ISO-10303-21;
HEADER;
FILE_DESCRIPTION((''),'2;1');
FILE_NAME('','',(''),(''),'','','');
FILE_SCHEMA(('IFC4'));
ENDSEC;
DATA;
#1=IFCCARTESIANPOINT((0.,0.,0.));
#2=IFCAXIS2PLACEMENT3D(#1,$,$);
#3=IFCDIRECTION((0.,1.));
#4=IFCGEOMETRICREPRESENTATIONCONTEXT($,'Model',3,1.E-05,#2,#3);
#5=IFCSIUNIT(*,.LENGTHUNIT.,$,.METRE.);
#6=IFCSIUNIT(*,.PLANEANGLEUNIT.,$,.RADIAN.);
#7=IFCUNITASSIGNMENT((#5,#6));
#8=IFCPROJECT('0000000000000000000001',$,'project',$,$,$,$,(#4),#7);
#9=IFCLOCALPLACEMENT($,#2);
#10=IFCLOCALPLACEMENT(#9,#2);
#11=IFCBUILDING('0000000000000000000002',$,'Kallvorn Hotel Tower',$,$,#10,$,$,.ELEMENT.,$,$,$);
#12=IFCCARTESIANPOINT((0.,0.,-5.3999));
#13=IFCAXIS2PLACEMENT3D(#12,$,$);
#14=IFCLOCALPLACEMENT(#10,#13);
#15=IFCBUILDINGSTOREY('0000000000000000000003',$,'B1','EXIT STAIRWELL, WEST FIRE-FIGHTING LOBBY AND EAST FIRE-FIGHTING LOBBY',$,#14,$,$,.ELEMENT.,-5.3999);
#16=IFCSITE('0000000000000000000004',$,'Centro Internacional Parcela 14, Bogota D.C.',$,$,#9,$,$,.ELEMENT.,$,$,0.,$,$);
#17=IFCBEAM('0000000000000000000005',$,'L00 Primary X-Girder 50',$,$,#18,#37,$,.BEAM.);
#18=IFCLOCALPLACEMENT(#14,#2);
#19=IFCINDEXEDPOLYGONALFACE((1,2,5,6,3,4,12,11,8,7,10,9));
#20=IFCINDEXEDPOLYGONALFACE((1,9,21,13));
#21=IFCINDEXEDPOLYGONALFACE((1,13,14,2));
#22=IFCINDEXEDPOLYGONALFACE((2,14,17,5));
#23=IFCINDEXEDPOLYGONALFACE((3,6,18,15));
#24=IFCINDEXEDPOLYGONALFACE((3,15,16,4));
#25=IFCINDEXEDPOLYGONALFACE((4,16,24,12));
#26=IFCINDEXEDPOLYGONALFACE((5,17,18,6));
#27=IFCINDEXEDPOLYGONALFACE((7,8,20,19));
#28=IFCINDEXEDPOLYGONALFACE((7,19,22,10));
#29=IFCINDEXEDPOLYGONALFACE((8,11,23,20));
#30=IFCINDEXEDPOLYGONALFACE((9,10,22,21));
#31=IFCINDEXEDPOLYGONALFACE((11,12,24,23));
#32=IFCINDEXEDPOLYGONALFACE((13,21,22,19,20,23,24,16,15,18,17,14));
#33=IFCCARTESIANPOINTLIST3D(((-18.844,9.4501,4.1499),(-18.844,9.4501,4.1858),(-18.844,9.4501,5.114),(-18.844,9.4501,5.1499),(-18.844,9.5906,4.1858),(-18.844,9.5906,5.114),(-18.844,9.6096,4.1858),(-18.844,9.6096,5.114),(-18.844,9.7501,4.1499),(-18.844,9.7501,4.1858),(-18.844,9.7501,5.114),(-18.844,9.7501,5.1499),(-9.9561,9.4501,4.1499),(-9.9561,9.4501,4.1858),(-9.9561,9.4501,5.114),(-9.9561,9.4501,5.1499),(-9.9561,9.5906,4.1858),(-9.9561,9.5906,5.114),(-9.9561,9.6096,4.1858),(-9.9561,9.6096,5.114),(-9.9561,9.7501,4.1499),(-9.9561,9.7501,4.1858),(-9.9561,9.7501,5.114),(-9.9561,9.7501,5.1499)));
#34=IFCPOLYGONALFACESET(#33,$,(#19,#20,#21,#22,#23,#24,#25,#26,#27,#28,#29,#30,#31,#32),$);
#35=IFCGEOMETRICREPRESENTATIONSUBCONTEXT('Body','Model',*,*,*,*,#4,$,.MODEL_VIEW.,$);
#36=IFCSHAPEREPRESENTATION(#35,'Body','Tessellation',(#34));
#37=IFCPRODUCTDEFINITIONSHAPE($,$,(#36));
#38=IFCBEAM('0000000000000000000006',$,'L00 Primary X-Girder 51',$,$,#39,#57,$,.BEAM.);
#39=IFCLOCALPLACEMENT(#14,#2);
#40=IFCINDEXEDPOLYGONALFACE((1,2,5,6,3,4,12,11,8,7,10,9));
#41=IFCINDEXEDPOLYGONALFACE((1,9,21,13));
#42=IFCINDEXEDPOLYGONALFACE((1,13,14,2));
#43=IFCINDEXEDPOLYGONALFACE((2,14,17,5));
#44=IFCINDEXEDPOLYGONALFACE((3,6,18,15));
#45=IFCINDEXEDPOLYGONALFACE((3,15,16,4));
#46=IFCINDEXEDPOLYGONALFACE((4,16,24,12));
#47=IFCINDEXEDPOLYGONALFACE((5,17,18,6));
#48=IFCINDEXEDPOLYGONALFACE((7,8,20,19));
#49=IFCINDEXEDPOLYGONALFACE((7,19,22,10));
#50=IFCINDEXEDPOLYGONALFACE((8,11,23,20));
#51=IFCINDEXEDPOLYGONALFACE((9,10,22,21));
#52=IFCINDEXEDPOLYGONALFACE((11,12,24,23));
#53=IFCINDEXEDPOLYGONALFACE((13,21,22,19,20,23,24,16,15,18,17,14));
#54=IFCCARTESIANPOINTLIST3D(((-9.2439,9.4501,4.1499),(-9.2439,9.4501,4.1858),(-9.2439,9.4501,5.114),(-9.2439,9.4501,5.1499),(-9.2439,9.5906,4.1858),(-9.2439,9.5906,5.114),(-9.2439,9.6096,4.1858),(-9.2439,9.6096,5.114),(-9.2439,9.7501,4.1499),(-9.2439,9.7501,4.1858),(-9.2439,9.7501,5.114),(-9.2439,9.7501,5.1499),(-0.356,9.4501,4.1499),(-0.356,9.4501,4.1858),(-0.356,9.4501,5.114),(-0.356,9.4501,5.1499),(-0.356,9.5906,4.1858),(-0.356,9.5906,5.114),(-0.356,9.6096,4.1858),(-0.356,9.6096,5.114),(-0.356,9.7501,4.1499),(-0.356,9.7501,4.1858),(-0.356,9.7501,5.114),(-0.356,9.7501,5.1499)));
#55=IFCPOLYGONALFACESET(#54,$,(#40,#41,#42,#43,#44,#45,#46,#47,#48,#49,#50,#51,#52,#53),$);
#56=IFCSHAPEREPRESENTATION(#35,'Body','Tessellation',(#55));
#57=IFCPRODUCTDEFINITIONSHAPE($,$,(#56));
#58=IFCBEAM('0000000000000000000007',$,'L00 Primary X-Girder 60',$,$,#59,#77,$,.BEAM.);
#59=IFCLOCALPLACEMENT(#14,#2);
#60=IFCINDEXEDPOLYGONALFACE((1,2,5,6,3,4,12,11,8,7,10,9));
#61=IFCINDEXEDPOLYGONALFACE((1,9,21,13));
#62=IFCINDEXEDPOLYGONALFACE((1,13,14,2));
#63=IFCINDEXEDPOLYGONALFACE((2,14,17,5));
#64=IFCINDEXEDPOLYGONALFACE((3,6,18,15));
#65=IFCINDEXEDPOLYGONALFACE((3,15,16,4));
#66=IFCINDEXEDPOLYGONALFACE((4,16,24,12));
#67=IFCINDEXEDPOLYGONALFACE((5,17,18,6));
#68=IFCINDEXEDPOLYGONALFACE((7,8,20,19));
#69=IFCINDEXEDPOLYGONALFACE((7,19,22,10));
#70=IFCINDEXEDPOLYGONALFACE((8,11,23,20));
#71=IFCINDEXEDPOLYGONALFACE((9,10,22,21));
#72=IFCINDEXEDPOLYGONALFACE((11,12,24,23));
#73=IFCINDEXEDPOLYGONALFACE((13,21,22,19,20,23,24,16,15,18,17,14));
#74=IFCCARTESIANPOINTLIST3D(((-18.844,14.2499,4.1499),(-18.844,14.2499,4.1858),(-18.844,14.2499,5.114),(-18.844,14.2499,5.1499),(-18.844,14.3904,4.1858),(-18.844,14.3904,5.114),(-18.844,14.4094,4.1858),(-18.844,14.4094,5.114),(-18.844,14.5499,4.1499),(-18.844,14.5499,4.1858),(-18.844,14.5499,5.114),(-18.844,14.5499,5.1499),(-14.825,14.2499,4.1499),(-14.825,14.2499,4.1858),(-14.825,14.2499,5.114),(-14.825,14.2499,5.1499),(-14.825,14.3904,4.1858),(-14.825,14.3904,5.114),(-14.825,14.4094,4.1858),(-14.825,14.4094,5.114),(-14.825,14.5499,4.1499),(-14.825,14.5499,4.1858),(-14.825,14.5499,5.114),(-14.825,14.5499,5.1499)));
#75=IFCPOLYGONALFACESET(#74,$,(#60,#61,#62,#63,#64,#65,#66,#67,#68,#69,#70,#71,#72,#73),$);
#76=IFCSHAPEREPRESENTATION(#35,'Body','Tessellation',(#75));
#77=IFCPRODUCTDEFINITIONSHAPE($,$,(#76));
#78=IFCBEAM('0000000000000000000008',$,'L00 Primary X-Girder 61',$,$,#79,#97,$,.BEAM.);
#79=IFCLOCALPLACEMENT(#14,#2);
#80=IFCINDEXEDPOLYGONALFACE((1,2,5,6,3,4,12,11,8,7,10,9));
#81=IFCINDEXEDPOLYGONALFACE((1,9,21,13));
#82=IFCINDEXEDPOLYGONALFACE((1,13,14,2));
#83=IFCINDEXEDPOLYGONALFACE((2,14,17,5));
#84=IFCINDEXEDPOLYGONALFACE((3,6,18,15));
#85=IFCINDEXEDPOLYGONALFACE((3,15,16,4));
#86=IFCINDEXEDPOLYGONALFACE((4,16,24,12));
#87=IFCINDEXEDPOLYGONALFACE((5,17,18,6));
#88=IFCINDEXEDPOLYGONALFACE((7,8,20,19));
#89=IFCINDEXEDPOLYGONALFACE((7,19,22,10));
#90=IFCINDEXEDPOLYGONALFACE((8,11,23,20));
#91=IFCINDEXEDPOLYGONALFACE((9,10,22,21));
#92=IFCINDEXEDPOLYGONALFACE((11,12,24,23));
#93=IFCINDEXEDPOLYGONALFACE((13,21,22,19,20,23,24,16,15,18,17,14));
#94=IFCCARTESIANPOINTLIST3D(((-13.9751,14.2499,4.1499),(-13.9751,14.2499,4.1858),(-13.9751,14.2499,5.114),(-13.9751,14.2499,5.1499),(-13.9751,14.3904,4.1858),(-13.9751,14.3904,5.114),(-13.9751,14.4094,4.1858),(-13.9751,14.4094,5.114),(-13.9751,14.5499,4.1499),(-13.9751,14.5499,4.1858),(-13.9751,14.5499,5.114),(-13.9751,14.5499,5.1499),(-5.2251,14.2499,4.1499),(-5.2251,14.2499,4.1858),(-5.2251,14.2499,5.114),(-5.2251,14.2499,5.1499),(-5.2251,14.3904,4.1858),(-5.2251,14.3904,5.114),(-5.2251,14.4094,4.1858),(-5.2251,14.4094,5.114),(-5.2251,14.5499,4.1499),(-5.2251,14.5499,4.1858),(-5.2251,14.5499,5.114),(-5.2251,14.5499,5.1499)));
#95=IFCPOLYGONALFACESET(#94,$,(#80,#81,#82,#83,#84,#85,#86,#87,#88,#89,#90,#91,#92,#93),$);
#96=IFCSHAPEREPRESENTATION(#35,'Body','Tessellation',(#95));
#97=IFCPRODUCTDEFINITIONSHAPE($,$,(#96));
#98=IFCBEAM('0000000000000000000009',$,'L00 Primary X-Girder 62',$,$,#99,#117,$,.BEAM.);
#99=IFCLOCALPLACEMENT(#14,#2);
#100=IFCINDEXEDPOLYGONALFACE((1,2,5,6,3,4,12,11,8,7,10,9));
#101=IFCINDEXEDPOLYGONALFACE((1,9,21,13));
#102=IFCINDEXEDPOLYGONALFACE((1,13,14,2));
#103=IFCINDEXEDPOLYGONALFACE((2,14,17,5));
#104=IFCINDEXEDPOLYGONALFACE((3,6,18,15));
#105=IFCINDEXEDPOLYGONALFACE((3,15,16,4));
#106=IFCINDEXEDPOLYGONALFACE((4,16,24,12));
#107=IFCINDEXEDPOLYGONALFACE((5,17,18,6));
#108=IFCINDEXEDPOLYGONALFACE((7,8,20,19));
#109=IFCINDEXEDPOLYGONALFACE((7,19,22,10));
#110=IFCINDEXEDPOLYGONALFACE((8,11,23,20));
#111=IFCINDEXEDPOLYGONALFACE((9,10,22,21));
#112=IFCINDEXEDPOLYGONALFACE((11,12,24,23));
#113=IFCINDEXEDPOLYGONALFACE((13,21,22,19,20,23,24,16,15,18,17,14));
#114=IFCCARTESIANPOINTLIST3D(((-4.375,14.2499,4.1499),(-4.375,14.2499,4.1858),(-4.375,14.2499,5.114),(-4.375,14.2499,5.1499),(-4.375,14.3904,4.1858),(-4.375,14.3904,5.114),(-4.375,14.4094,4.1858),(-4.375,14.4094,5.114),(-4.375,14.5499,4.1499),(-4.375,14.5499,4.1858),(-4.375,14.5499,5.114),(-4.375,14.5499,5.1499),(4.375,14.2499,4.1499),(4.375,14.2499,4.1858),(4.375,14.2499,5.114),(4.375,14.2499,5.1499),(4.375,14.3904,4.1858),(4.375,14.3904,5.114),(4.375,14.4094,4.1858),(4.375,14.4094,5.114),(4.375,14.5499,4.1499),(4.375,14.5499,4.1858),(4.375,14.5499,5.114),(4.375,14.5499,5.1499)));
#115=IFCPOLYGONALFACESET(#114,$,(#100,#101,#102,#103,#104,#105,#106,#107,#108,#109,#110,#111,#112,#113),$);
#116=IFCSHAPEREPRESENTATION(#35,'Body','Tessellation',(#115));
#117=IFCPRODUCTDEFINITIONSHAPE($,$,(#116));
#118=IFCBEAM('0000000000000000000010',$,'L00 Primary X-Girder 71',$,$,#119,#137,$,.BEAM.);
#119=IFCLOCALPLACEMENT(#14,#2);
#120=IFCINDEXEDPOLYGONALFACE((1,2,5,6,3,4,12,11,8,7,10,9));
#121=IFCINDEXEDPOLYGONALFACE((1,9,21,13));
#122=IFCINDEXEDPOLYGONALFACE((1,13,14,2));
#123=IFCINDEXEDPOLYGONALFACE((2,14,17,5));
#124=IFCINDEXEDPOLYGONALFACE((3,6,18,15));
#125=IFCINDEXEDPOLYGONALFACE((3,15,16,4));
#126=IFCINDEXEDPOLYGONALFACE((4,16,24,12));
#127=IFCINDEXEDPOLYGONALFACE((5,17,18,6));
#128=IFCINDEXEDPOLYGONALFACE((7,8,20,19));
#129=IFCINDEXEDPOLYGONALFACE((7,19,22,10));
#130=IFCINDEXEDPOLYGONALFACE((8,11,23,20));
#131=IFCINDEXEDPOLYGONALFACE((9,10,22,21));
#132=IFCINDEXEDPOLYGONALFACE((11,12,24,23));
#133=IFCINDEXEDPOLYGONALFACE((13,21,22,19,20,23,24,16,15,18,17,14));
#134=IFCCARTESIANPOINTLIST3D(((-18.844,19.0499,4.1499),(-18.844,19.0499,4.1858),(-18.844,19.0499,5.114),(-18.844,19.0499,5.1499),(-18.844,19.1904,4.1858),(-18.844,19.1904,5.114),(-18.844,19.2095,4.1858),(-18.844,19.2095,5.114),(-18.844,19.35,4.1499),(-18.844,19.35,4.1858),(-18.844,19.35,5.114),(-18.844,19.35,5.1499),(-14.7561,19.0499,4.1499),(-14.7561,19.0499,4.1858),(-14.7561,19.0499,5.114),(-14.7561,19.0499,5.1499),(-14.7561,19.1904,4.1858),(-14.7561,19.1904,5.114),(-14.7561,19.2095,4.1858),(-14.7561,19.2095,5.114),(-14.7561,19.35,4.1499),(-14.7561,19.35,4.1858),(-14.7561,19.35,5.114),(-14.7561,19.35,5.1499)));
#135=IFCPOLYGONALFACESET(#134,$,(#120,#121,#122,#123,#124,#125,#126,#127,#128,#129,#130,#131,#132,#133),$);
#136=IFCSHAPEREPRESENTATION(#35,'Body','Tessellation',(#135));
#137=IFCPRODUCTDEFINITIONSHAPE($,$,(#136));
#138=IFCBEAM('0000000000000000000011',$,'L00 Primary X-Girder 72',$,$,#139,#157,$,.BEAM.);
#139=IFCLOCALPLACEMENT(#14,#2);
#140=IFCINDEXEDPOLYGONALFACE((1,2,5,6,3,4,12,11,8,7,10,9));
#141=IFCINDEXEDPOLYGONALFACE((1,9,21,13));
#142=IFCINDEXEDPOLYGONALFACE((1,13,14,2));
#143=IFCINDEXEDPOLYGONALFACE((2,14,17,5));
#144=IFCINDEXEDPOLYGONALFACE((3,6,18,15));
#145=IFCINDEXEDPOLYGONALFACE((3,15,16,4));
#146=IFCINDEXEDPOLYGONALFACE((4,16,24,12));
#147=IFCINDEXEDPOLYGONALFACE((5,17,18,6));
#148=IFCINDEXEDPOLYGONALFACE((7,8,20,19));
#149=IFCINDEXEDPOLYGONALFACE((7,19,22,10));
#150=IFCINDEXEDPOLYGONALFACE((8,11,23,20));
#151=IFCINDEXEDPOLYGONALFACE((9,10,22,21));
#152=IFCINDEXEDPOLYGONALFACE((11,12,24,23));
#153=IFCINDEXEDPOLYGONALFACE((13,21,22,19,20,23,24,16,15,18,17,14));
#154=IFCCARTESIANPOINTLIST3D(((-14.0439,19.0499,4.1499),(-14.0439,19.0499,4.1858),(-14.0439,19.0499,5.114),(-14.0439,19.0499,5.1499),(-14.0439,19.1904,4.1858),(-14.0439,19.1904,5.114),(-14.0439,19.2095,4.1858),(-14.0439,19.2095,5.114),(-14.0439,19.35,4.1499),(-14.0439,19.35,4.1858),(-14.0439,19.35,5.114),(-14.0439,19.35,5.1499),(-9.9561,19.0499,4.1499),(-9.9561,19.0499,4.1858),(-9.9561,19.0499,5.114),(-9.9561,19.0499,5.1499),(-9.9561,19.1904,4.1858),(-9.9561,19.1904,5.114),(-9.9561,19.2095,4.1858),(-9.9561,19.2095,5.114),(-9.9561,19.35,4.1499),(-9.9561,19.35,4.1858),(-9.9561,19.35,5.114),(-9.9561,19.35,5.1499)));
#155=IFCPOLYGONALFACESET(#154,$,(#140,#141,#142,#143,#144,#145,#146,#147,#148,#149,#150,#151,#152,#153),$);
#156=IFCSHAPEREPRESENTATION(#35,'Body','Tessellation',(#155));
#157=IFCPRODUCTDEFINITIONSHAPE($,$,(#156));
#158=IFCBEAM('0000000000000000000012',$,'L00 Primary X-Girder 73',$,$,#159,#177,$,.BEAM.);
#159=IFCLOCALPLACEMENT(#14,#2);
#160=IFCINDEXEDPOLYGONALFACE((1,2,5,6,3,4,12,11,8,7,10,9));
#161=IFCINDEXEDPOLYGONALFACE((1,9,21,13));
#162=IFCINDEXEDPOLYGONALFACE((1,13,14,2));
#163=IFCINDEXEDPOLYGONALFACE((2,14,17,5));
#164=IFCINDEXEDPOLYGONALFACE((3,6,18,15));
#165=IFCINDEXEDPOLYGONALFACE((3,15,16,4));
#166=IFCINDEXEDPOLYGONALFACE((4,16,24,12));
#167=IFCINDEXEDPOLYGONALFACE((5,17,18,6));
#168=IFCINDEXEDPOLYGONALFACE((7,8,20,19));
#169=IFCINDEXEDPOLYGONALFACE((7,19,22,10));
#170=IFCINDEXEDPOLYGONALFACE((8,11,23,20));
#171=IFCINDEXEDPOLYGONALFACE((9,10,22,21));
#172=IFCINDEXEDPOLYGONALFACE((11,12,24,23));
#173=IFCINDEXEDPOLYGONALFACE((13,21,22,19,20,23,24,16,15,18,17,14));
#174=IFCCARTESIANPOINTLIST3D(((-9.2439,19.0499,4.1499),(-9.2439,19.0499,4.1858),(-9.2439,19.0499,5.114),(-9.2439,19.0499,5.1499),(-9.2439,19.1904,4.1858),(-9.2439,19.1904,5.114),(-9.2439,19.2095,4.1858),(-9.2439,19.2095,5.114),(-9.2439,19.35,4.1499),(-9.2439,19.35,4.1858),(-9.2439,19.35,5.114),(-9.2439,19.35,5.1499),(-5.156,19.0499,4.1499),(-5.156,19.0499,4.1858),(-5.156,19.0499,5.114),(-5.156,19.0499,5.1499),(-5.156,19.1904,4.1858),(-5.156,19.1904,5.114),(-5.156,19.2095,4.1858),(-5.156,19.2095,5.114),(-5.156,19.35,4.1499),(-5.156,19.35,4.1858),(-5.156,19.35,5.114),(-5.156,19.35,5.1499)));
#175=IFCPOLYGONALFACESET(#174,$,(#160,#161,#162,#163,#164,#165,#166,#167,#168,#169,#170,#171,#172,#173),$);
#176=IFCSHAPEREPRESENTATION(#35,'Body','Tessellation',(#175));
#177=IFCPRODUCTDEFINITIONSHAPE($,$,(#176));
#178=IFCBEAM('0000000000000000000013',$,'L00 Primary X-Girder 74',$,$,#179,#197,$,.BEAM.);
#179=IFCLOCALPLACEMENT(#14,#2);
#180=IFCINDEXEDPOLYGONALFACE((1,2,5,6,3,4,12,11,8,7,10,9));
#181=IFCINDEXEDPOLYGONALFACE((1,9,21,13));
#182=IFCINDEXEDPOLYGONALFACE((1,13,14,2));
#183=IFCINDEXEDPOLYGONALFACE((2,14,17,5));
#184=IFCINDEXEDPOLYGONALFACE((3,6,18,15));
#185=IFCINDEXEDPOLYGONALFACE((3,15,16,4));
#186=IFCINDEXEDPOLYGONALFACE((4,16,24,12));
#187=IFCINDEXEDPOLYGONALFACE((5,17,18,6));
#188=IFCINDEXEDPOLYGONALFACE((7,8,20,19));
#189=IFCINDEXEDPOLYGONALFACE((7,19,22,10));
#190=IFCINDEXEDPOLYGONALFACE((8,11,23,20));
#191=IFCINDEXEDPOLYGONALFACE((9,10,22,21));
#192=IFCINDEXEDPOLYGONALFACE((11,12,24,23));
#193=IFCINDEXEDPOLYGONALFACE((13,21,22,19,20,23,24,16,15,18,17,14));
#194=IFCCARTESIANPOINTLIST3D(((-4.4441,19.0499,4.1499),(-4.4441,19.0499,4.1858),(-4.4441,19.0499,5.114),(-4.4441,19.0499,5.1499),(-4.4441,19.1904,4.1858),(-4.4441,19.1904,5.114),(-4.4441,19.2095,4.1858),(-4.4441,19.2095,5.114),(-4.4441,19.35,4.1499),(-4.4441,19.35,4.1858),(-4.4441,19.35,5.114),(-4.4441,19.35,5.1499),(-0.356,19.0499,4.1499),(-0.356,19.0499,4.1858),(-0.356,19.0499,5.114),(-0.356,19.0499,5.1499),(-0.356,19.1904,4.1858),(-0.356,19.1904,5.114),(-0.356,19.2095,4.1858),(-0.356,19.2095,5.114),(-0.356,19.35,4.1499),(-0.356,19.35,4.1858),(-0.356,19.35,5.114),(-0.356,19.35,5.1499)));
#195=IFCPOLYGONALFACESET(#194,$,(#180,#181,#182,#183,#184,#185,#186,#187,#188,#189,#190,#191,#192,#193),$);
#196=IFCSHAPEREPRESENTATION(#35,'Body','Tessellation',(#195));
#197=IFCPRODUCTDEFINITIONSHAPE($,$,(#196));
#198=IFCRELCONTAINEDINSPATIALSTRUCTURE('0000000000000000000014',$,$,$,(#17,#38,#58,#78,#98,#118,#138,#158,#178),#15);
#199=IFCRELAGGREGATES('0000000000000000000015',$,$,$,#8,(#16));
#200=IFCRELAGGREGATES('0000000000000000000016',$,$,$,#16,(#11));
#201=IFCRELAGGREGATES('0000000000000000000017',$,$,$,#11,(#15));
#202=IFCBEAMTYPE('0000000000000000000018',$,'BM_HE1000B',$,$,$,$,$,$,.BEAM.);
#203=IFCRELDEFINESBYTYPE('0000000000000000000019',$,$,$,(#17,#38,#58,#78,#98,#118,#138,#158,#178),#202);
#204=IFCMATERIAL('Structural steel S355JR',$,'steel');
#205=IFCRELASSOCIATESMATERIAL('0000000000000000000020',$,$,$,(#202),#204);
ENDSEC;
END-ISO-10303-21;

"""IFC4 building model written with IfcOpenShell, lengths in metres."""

from ifc_helpers import new_model, si_unit, direction, frame, origin, origin_2d, place, context, subcontext, project, spatial, i_section, extrude, material, material_profile, profile_set, type_object, element, save


model = new_model("IFC4")

# Units and contexts
model_context = context("Model", 3, precision=1e-05, world=origin(), true_north=direction((0.0, 1.0)))
body_context = subcontext(model_context, "Body", "Model", "MODEL_VIEW")
ifc_project = project(units=[si_unit("LENGTHUNIT", "METRE"), si_unit("PLANEANGLEUNIT", "RADIAN")], contexts=[model_context])

# Site, building, storey
site_placement = place(None, origin())
site = spatial("IfcSite", under=ifc_project, at=site_placement, Name="Centro Internacional Parcela 14, Bogota D.C.", CompositionType="ELEMENT", RefElevation=0.0)
building_placement = place(site_placement, origin())
building = spatial("IfcBuilding", under=site, at=building_placement, Name="Kallvorn Hotel Tower", CompositionType="ELEMENT")
storey_placement = place(building_placement, frame((0.0, 0.0, -5.3999)))
storey = spatial("IfcBuildingStorey", under=building, at=storey_placement, Name="B1", Description="EXIT STAIRWELL, WEST FIRE-FIGHTING LOBBY AND EAST FIRE-FIGHTING LOBBY", CompositionType="ELEMENT", Elevation=-5.3999)

# Beams
ifc_material_1 = material(Name="Structural steel S355JR", Category="steel")
ifc_material_profile_1 = material_profile(ifc_material_1, i_section(OverallWidth=0.3, OverallDepth=1.0, WebThickness=0.019, FlangeThickness=0.0359, at=origin_2d()), Name="HE 1000 B")
ifc_profile_set_1 = profile_set([ifc_material_profile_1], Name="Structural steel S355JR")
beam_type_1 = type_object("IfcBeamType", Name="BM_HE1000B", PredefinedType="BEAM", material=ifc_profile_set_1)
for number, where, z_axis, x_axis, name in (
    (1, (-18.844, 9.6001, 4.6499), (1.0, 0.0, 0.0), (0.0, 1.0, 0.0), "L00 Primary X-Girder 50"),
    (2, (-9.2439, 9.6001, 4.6499), (1.0, 0.0, 0.0), (0.0, 1.0, 0.0), "L00 Primary X-Girder 51"),
):
    element("IfcBeam", number, at=place(storey_placement, frame(where, z_axis=z_axis, x_axis=x_axis)), inside=storey, type_object=beam_type_1, Name=name, PredefinedType="BEAM", context=body_context, shape_type="SweptSolid", body=[
        extrude(i_section(OverallWidth=0.3, OverallDepth=1.0, WebThickness=0.019, FlangeThickness=0.0359, at=origin_2d()), origin(), (0.0, 0.0, 1.0), 8.8879),
    ])
beam_1_placement = place(storey_placement, frame((-18.844, 14.3999, 4.6499), z_axis=(1.0, 0.0, 0.0), x_axis=(0.0, 1.0, 0.0)))
element("IfcBeam", 3, at=beam_1_placement, inside=storey, type_object=beam_type_1, Name="L00 Primary X-Girder 60", PredefinedType="BEAM", context=body_context, shape_type="SweptSolid", body=[
    extrude(i_section(OverallWidth=0.3, OverallDepth=1.0, WebThickness=0.019, FlangeThickness=0.0359, at=origin_2d()), origin(), (0.0, 0.0, 1.0), 4.019),
])
for number, where, z_axis, x_axis, name in (
    (4, (-13.9751, 14.3999, 4.6499), (1.0, 0.0, 0.0), (0.0, 1.0, 0.0), "L00 Primary X-Girder 61"),
    (5, (-4.375, 14.3999, 4.6499), (1.0, 0.0, 0.0), (0.0, 1.0, 0.0), "L00 Primary X-Girder 62"),
):
    element("IfcBeam", number, at=place(storey_placement, frame(where, z_axis=z_axis, x_axis=x_axis)), inside=storey, type_object=beam_type_1, Name=name, PredefinedType="BEAM", context=body_context, shape_type="SweptSolid", body=[
        extrude(i_section(OverallWidth=0.3, OverallDepth=1.0, WebThickness=0.019, FlangeThickness=0.0359, at=origin_2d()), origin(), (0.0, 0.0, 1.0), 8.75),
    ])
for number, where, z_axis, x_axis, name in (
    (6, (-18.844, 19.2, 4.6499), (1.0, 0.0, 0.0), (0.0, 1.0, 0.0), "L00 Primary X-Girder 71"),
    (7, (-14.0439, 19.2, 4.6499), (1.0, 0.0, 0.0), (0.0, 1.0, 0.0), "L00 Primary X-Girder 72"),
    (8, (-9.2439, 19.2, 4.6499), (1.0, 0.0, 0.0), (0.0, 1.0, 0.0), "L00 Primary X-Girder 73"),
):
    element("IfcBeam", number, at=place(storey_placement, frame(where, z_axis=z_axis, x_axis=x_axis)), inside=storey, type_object=beam_type_1, Name=name, PredefinedType="BEAM", context=body_context, shape_type="SweptSolid", body=[
        extrude(i_section(OverallWidth=0.3, OverallDepth=1.0, WebThickness=0.019, FlangeThickness=0.0359, at=origin_2d()), origin(), (0.0, 0.0, 1.0), 4.0879),
    ])
beam_2_placement = place(storey_placement, frame((-4.4441, 19.2, 4.6499), z_axis=(1.0, 0.0, 0.0), x_axis=(0.0, 1.0, 0.0)))
element("IfcBeam", 9, at=beam_2_placement, inside=storey, type_object=beam_type_1, Name="L00 Primary X-Girder 74", PredefinedType="BEAM", context=body_context, shape_type="SweptSolid", body=[
    extrude(i_section(OverallWidth=0.3, OverallDepth=1.0, WebThickness=0.019, FlangeThickness=0.0359, at=origin_2d()), origin(), (0.0, 0.0, 1.0), 4.0881),
])

save(model, "model.ifc")
